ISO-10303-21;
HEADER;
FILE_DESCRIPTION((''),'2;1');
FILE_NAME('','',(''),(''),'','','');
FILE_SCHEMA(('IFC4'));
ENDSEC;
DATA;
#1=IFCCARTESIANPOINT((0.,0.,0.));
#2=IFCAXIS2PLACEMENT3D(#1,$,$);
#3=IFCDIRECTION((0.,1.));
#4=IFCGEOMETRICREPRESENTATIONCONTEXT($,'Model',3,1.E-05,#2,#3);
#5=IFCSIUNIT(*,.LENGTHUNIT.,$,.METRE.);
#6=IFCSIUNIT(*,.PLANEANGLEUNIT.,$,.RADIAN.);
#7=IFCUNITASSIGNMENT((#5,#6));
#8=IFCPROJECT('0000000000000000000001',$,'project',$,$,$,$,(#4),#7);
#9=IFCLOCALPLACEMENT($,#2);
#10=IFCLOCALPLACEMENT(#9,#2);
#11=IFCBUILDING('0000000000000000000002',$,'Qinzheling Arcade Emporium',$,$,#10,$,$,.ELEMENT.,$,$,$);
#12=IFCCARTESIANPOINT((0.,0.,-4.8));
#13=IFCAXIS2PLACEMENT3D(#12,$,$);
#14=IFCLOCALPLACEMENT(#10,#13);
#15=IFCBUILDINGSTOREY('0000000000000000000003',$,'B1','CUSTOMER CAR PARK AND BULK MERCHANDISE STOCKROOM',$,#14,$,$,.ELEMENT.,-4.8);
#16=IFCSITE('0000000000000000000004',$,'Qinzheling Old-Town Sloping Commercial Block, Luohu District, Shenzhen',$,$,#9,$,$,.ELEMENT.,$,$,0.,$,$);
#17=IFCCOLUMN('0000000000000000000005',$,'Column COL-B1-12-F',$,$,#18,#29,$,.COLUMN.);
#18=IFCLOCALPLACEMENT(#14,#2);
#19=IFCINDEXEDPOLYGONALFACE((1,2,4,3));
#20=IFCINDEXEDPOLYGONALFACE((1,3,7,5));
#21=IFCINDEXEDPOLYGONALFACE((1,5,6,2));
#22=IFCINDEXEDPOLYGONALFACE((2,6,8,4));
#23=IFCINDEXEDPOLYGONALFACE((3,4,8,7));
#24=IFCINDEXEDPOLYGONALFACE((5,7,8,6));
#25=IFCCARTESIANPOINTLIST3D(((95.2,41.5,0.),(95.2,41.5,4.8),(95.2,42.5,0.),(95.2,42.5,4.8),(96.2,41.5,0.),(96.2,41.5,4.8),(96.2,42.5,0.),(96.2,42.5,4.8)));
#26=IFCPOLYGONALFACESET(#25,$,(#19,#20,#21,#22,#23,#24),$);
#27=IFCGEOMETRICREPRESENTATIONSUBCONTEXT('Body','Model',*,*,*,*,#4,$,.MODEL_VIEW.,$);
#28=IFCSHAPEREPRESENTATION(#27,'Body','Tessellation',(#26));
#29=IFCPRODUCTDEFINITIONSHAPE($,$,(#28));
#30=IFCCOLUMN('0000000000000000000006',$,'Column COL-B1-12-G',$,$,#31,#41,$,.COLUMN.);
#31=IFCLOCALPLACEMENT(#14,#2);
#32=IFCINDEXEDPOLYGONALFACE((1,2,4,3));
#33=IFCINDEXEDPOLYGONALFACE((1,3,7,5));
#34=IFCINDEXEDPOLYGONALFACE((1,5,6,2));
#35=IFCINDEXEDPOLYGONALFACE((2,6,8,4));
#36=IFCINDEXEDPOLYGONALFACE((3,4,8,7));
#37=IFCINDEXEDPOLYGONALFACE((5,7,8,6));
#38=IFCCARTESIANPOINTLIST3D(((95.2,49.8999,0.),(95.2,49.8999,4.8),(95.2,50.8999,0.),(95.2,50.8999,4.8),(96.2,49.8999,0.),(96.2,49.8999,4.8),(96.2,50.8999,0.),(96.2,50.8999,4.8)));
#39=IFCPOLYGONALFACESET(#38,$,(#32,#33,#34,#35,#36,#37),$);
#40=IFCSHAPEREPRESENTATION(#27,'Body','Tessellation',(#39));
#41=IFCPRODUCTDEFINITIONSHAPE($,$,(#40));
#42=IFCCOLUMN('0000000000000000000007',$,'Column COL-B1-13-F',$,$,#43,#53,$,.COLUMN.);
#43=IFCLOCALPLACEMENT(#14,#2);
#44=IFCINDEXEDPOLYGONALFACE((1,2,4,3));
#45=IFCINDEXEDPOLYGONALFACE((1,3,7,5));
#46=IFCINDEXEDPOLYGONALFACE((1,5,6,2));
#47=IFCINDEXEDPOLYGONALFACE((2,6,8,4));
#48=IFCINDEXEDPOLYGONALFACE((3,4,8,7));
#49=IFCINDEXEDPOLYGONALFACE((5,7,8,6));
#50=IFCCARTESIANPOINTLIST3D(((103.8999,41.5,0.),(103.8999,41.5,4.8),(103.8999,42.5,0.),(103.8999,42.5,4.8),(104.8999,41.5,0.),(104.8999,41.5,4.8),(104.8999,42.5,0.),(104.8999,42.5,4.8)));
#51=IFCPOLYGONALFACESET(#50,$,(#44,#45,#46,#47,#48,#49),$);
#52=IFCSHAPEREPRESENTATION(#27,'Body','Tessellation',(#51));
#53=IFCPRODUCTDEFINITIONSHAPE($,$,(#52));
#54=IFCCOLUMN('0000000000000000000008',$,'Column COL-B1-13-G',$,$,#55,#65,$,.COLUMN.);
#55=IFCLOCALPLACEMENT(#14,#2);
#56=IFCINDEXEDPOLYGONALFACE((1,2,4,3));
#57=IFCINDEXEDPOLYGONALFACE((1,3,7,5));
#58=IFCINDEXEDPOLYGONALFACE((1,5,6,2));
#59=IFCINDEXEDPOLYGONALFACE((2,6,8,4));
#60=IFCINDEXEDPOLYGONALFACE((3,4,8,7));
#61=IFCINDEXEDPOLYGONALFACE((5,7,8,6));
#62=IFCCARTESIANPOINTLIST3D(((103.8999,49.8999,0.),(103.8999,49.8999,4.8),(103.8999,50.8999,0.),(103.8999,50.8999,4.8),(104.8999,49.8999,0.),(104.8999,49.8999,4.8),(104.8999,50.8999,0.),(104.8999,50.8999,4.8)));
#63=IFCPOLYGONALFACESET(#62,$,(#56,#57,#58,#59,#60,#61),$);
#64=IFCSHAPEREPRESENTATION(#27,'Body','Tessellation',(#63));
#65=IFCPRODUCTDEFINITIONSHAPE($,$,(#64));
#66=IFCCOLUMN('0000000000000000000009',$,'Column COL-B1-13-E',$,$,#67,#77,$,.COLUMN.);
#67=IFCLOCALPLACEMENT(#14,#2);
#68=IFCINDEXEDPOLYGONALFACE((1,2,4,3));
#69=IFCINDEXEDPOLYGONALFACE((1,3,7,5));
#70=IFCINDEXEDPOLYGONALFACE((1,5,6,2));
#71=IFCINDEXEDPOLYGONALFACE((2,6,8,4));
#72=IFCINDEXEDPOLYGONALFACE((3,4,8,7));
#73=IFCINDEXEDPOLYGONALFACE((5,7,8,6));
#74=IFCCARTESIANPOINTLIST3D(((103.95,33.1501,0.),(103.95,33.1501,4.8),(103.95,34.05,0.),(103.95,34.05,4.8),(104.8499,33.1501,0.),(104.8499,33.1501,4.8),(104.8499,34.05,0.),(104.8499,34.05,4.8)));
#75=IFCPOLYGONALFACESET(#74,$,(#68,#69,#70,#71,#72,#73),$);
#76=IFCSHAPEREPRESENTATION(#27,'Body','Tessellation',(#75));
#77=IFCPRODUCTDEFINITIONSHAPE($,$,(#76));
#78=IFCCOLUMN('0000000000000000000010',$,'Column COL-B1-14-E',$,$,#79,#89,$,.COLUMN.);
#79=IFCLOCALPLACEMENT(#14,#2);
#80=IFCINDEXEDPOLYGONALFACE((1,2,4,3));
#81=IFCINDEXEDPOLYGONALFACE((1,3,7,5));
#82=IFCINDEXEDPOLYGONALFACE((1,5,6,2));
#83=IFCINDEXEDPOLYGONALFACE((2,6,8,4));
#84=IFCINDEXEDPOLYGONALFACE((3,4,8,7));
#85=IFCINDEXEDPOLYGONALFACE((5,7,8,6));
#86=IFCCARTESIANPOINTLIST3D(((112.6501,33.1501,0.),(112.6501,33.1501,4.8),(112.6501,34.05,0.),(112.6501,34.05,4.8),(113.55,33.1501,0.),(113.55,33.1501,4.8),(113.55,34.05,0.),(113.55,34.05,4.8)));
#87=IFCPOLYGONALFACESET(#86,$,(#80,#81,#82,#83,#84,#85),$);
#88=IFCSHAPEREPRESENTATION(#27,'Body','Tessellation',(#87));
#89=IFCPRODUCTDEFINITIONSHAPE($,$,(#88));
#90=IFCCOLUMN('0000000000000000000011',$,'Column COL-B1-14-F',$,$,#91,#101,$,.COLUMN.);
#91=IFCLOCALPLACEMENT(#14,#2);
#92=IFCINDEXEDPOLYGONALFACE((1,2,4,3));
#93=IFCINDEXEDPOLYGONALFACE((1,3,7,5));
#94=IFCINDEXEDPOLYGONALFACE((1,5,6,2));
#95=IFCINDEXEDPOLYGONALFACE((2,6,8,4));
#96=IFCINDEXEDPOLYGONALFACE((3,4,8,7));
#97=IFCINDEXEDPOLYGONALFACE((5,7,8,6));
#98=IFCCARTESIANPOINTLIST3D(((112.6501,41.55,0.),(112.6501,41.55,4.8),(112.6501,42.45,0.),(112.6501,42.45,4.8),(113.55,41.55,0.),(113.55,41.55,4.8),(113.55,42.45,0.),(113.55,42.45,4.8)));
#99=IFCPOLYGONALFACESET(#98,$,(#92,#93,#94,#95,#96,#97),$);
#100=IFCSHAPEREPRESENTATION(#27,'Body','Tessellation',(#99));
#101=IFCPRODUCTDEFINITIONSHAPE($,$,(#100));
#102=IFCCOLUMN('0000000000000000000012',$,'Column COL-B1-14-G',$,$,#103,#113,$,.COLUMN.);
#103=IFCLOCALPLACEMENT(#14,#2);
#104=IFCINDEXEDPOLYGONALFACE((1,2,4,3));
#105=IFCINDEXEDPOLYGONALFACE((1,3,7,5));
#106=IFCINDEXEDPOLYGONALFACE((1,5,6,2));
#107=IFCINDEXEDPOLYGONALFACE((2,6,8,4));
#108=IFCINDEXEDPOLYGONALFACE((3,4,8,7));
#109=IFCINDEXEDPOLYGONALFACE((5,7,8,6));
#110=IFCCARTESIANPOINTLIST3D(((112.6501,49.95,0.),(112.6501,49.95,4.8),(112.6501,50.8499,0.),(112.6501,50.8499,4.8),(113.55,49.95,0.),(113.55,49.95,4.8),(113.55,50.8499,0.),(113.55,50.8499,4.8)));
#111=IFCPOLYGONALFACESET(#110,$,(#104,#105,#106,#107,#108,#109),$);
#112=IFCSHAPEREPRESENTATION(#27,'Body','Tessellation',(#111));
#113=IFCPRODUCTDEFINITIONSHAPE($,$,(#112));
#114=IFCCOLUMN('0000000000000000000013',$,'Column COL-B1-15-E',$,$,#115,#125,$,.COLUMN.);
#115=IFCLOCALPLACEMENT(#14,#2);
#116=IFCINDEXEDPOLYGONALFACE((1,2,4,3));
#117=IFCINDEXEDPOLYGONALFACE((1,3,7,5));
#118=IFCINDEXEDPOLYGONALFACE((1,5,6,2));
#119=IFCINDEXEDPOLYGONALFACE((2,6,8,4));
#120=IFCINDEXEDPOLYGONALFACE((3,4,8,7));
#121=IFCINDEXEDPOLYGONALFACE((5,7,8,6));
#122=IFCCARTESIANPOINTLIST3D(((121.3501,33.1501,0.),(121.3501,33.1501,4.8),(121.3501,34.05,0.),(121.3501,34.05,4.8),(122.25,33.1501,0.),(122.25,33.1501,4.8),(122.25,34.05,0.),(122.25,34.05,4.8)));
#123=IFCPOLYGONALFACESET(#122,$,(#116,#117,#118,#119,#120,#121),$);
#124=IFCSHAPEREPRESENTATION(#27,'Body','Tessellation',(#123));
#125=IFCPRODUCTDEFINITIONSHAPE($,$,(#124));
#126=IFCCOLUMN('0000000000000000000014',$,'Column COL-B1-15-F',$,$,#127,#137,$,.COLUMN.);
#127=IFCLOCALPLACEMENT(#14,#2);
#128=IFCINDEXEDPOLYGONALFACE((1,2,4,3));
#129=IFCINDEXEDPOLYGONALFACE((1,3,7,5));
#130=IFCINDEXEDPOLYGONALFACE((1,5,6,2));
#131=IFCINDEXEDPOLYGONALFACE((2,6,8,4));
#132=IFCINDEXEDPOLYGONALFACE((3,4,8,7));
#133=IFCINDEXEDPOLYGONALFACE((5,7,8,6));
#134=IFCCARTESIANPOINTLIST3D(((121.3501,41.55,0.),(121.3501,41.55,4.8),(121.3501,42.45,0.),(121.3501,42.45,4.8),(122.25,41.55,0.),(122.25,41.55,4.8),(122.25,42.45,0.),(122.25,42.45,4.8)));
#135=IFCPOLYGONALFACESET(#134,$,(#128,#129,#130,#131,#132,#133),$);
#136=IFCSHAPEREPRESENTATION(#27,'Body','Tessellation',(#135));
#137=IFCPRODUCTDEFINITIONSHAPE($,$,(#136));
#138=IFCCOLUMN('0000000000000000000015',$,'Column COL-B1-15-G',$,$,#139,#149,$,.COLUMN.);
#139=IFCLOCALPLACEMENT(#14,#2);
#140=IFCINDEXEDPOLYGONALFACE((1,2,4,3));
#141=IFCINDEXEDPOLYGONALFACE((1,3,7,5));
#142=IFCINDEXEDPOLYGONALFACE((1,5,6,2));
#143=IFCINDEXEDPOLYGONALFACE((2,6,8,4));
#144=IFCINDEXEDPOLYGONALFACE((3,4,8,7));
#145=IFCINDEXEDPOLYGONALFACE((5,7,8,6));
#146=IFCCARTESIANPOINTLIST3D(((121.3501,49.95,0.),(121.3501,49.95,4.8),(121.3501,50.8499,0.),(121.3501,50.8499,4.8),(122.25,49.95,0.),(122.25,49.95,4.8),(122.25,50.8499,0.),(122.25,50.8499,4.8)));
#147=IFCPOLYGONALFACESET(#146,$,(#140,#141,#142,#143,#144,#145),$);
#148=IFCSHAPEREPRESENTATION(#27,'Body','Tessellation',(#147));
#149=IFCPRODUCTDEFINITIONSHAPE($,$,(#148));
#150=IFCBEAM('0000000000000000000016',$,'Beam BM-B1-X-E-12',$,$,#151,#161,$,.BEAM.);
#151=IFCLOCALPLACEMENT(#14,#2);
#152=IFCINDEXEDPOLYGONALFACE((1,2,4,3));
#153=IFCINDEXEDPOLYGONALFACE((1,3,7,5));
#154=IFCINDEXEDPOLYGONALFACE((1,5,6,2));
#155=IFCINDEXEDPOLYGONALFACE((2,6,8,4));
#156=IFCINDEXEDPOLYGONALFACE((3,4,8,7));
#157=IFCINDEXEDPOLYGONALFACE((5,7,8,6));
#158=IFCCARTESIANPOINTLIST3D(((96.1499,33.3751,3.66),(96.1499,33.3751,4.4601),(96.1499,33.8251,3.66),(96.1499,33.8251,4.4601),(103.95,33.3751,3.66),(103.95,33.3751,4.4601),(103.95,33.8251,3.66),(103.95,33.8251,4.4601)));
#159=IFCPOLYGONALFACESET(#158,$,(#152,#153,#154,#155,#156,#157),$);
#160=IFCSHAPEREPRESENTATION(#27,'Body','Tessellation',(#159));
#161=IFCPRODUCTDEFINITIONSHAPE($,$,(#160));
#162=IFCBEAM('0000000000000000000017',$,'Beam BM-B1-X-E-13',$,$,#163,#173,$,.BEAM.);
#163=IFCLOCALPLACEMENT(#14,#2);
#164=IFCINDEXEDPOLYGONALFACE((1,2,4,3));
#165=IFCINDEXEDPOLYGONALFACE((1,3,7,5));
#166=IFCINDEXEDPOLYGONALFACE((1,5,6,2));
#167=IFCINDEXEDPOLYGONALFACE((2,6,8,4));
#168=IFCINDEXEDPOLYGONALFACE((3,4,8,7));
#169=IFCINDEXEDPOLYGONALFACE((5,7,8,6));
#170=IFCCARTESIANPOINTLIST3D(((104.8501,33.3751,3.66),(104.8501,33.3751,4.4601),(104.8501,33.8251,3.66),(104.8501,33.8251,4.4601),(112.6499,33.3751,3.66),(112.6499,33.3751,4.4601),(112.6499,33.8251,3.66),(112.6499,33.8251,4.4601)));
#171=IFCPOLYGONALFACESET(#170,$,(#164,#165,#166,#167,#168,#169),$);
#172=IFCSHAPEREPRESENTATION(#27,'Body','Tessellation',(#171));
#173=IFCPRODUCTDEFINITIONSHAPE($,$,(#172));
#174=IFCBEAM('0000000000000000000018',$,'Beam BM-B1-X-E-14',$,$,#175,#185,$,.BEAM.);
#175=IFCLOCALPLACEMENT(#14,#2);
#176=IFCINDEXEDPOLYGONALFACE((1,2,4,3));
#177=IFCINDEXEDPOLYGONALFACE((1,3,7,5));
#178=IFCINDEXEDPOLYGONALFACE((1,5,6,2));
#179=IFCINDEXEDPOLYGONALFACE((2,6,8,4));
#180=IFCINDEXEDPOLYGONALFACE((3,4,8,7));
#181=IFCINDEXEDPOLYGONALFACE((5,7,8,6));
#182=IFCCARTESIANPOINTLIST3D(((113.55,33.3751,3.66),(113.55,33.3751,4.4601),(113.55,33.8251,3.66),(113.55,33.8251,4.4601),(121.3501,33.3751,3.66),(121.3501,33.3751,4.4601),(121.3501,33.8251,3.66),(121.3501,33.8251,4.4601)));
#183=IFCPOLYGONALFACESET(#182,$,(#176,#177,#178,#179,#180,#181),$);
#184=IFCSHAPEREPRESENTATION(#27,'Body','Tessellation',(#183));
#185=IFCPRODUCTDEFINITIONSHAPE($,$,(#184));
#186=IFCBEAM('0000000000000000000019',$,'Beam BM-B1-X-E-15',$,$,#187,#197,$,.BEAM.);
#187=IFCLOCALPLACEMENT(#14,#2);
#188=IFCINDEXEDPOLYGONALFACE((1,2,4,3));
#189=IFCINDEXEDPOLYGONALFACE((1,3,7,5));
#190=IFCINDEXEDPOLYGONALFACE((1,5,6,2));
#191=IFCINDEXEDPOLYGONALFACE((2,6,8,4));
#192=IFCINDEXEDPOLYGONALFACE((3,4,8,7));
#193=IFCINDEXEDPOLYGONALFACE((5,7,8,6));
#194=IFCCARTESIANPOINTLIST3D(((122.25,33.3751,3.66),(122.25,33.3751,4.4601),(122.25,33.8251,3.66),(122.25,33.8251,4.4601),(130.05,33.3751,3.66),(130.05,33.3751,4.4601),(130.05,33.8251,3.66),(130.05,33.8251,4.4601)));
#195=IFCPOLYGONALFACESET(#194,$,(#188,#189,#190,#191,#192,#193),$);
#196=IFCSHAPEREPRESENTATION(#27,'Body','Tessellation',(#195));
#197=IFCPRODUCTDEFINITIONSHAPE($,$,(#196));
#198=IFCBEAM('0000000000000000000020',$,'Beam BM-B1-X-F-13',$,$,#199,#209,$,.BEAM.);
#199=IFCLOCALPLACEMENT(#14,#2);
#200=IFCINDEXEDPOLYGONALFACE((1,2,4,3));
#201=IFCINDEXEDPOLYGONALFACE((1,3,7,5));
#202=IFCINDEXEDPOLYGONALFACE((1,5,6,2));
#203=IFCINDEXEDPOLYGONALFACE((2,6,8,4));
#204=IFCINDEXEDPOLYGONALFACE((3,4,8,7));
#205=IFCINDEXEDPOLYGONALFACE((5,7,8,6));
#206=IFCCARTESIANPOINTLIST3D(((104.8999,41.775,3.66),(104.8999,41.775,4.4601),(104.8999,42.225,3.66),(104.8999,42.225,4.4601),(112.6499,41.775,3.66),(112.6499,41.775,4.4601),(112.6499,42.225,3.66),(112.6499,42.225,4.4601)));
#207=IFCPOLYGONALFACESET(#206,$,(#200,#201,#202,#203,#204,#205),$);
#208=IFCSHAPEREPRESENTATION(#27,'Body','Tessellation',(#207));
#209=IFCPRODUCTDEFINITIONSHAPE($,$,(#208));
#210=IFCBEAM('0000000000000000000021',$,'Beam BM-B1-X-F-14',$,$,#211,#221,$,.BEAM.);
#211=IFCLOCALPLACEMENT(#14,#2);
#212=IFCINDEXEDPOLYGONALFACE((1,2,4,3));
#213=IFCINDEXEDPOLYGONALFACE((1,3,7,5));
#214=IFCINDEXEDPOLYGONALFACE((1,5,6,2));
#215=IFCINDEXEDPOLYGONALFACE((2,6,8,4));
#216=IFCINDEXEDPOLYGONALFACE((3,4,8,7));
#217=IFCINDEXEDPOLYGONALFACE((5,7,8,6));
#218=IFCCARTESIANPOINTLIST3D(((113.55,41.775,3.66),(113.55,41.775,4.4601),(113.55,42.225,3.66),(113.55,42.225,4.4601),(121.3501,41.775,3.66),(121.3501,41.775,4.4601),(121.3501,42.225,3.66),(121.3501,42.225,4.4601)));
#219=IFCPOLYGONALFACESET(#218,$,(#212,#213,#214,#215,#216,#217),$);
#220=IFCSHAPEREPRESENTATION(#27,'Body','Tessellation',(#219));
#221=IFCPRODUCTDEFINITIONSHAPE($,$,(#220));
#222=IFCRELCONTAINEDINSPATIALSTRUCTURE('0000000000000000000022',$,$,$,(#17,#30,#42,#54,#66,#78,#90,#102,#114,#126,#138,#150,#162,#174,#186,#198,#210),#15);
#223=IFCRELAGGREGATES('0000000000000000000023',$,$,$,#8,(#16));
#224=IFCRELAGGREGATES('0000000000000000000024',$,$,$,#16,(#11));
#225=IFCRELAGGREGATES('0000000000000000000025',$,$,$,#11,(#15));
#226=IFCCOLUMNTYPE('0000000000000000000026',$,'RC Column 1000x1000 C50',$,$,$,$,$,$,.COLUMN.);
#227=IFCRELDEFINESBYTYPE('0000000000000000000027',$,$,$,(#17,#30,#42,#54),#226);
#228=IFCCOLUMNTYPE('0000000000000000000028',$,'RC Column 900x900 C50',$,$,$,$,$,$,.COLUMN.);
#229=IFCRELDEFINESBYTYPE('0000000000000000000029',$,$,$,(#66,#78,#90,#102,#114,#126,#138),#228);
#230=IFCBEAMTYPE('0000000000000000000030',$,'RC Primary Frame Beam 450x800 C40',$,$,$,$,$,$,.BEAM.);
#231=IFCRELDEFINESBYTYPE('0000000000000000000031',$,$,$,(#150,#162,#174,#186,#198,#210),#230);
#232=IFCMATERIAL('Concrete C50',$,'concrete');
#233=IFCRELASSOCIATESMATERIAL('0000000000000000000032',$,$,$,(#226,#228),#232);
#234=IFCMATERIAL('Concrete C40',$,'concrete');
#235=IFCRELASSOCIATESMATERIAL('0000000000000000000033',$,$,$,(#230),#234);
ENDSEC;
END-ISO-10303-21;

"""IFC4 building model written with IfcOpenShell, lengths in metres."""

from ifc_helpers import new_model, si_unit, direction, frame, origin, origin_2d, place, context, subcontext, project, spatial, rectangle, extrude, material, material_profile, profile_set, type_object, element, save


model = new_model("IFC4")

# Units and contexts
model_context = context("Model", 3, precision=1e-05, world=origin(), true_north=direction((0.0, 1.0)))
body_context = subcontext(model_context, "Body", "Model", "MODEL_VIEW")
ifc_project = project(units=[si_unit("LENGTHUNIT", "METRE"), si_unit("PLANEANGLEUNIT", "RADIAN")], contexts=[model_context])

# Site, building, storey
site_placement = place(None, origin())
site = spatial("IfcSite", under=ifc_project, at=site_placement, Name="Qinzheling Old-Town Sloping Commercial Block, Luohu District, Shenzhen", CompositionType="ELEMENT", RefElevation=0.0)
building_placement = place(site_placement, origin())
building = spatial("IfcBuilding", under=site, at=building_placement, Name="Qinzheling Arcade Emporium", CompositionType="ELEMENT")
storey_placement = place(building_placement, frame((0.0, 0.0, -4.8)))
storey = spatial("IfcBuildingStorey", under=building, at=storey_placement, Name="B1", Description="CUSTOMER CAR PARK AND BULK MERCHANDISE STOCKROOM", CompositionType="ELEMENT", Elevation=-4.8)

# Columns
ifc_material_1 = material(Name="Concrete C50", Category="concrete")
ifc_material_profile_1 = material_profile(ifc_material_1, rectangle(XDim=1.0, YDim=1.0, at=origin_2d()), Name="RC 1000x1000", Category="concrete")
ifc_profile_set_1 = profile_set([ifc_material_profile_1], Name="Concrete C50")
column_type_1 = type_object("IfcColumnType", Name="RC Column 1000x1000 C50", PredefinedType="COLUMN", material=ifc_profile_set_1)
for number, where, z_axis, x_axis, name in (
    (1, (95.7, 42.0, 0.0), (0.0, 0.0, 1.0), (1.0, 0.0, 0.0), "Column COL-B1-12-F"),
    (2, (95.7, 50.3999, 0.0), (0.0, 0.0, 1.0), (1.0, 0.0, 0.0), "Column COL-B1-12-G"),
    (3, (104.3999, 42.0, 0.0), (0.0, 0.0, 1.0), (1.0, 0.0, 0.0), "Column COL-B1-13-F"),
    (4, (104.3999, 50.3999, 0.0), (0.0, 0.0, 1.0), (1.0, 0.0, 0.0), "Column COL-B1-13-G"),
):
    element("IfcColumn", number, at=place(storey_placement, frame(where, z_axis=z_axis, x_axis=x_axis)), inside=storey, type_object=column_type_1, Name=name, PredefinedType="COLUMN", context=body_context, shape_type="SweptSolid", body=[
        extrude(rectangle(XDim=1.0, YDim=1.0, at=origin_2d()), origin(), (0.0, 0.0, 1.0), 4.8),
    ])
ifc_material_profile_2 = material_profile(ifc_material_1, rectangle(XDim=0.8999, YDim=0.8999, at=origin_2d()), Name="RC 900x900", Category="concrete")
ifc_profile_set_2 = profile_set([ifc_material_profile_2], Name="Concrete C50")
column_type_2 = type_object("IfcColumnType", Name="RC Column 900x900 C50", PredefinedType="COLUMN", material=ifc_profile_set_2)
for number, where, z_axis, x_axis, name in (
    (5, (104.3999, 33.6001, 0.0), (0.0, 0.0, 1.0), (1.0, 0.0, 0.0), "Column COL-B1-13-E"),
    (6, (113.1001, 33.6001, 0.0), (0.0, 0.0, 1.0), (1.0, 0.0, 0.0), "Column COL-B1-14-E"),
    (7, (113.1001, 42.0, 0.0), (0.0, 0.0, 1.0), (1.0, 0.0, 0.0), "Column COL-B1-14-F"),
    (8, (113.1001, 50.3999, 0.0), (0.0, 0.0, 1.0), (1.0, 0.0, 0.0), "Column COL-B1-14-G"),
    (9, (121.8, 33.6001, 0.0), (0.0, 0.0, 1.0), (1.0, 0.0, 0.0), "Column COL-B1-15-E"),
    (10, (121.8, 42.0, 0.0), (0.0, 0.0, 1.0), (1.0, 0.0, 0.0), "Column COL-B1-15-F"),
    (11, (121.8, 50.3999, 0.0), (0.0, 0.0, 1.0), (1.0, 0.0, 0.0), "Column COL-B1-15-G"),
):
    element("IfcColumn", number, at=place(storey_placement, frame(where, z_axis=z_axis, x_axis=x_axis)), inside=storey, type_object=column_type_2, Name=name, PredefinedType="COLUMN", context=body_context, shape_type="SweptSolid", body=[
        extrude(rectangle(XDim=0.8999, YDim=0.8999, at=origin_2d()), origin(), (0.0, 0.0, 1.0), 4.8),
    ])

# Beams
ifc_material_2 = material(Name="Concrete C40", Category="concrete")
ifc_material_profile_3 = material_profile(ifc_material_2, rectangle(XDim=0.45, YDim=0.8, at=origin_2d()), Name="RC 450x800", Category="concrete")
ifc_profile_set_3 = profile_set([ifc_material_profile_3], Name="Concrete C40")
beam_type_1 = type_object("IfcBeamType", Name="RC Primary Frame Beam 450x800 C40", PredefinedType="BEAM", material=ifc_profile_set_3)
beam_1_placement = place(storey_placement, frame((96.1499, 33.6001, 4.0601), z_axis=(1.0, 0.0, 0.0), x_axis=(0.0, 1.0, 0.0)))
element("IfcBeam", 12, at=beam_1_placement, inside=storey, type_object=beam_type_1, Name="Beam BM-B1-X-E-12", PredefinedType="BEAM", context=body_context, shape_type="SweptSolid", body=[
    extrude(rectangle(XDim=0.45, YDim=0.8, at=origin_2d()), origin(), (0.0, 0.0, 1.0), 7.8),
])
beam_2_placement = place(storey_placement, frame((104.8501, 33.6001, 4.0601), z_axis=(1.0, 0.0, 0.0), x_axis=(0.0, 1.0, 0.0)))
element("IfcBeam", 13, at=beam_2_placement, inside=storey, type_object=beam_type_1, Name="Beam BM-B1-X-E-13", PredefinedType="BEAM", context=body_context, shape_type="SweptSolid", body=[
    extrude(rectangle(XDim=0.45, YDim=0.8, at=origin_2d()), origin(), (0.0, 0.0, 1.0), 7.7998),
])
for number, where, z_axis, x_axis, name in (
    (14, (113.55, 33.6001, 4.0601), (1.0, 0.0, 0.0), (0.0, 1.0, 0.0), "Beam BM-B1-X-E-14"),
    (15, (122.25, 33.6001, 4.0601), (1.0, 0.0, 0.0), (0.0, 1.0, 0.0), "Beam BM-B1-X-E-15"),
):
    element("IfcBeam", number, at=place(storey_placement, frame(where, z_axis=z_axis, x_axis=x_axis)), inside=storey, type_object=beam_type_1, Name=name, PredefinedType="BEAM", context=body_context, shape_type="SweptSolid", body=[
        extrude(rectangle(XDim=0.45, YDim=0.8, at=origin_2d()), origin(), (0.0, 0.0, 1.0), 7.8),
    ])
beam_3_placement = place(storey_placement, frame((104.8999, 42.0, 4.0601), z_axis=(1.0, 0.0, 0.0), x_axis=(0.0, 1.0, 0.0)))
element("IfcBeam", 16, at=beam_3_placement, inside=storey, type_object=beam_type_1, Name="Beam BM-B1-X-F-13", PredefinedType="BEAM", context=body_context, shape_type="SweptSolid", body=[
    extrude(rectangle(XDim=0.45, YDim=0.8, at=origin_2d()), origin(), (0.0, 0.0, 1.0), 7.75),
])
for number, where, z_axis, x_axis, name in (
    (17, (113.55, 42.0, 4.0601), (1.0, 0.0, 0.0), (0.0, 1.0, 0.0), "Beam BM-B1-X-F-14"),
):
    element("IfcBeam", number, at=place(storey_placement, frame(where, z_axis=z_axis, x_axis=x_axis)), inside=storey, type_object=beam_type_1, Name=name, PredefinedType="BEAM", context=body_context, shape_type="SweptSolid", body=[
        extrude(rectangle(XDim=0.45, YDim=0.8, at=origin_2d()), origin(), (0.0, 0.0, 1.0), 7.8),
    ])

save(model, "model.ifc")
